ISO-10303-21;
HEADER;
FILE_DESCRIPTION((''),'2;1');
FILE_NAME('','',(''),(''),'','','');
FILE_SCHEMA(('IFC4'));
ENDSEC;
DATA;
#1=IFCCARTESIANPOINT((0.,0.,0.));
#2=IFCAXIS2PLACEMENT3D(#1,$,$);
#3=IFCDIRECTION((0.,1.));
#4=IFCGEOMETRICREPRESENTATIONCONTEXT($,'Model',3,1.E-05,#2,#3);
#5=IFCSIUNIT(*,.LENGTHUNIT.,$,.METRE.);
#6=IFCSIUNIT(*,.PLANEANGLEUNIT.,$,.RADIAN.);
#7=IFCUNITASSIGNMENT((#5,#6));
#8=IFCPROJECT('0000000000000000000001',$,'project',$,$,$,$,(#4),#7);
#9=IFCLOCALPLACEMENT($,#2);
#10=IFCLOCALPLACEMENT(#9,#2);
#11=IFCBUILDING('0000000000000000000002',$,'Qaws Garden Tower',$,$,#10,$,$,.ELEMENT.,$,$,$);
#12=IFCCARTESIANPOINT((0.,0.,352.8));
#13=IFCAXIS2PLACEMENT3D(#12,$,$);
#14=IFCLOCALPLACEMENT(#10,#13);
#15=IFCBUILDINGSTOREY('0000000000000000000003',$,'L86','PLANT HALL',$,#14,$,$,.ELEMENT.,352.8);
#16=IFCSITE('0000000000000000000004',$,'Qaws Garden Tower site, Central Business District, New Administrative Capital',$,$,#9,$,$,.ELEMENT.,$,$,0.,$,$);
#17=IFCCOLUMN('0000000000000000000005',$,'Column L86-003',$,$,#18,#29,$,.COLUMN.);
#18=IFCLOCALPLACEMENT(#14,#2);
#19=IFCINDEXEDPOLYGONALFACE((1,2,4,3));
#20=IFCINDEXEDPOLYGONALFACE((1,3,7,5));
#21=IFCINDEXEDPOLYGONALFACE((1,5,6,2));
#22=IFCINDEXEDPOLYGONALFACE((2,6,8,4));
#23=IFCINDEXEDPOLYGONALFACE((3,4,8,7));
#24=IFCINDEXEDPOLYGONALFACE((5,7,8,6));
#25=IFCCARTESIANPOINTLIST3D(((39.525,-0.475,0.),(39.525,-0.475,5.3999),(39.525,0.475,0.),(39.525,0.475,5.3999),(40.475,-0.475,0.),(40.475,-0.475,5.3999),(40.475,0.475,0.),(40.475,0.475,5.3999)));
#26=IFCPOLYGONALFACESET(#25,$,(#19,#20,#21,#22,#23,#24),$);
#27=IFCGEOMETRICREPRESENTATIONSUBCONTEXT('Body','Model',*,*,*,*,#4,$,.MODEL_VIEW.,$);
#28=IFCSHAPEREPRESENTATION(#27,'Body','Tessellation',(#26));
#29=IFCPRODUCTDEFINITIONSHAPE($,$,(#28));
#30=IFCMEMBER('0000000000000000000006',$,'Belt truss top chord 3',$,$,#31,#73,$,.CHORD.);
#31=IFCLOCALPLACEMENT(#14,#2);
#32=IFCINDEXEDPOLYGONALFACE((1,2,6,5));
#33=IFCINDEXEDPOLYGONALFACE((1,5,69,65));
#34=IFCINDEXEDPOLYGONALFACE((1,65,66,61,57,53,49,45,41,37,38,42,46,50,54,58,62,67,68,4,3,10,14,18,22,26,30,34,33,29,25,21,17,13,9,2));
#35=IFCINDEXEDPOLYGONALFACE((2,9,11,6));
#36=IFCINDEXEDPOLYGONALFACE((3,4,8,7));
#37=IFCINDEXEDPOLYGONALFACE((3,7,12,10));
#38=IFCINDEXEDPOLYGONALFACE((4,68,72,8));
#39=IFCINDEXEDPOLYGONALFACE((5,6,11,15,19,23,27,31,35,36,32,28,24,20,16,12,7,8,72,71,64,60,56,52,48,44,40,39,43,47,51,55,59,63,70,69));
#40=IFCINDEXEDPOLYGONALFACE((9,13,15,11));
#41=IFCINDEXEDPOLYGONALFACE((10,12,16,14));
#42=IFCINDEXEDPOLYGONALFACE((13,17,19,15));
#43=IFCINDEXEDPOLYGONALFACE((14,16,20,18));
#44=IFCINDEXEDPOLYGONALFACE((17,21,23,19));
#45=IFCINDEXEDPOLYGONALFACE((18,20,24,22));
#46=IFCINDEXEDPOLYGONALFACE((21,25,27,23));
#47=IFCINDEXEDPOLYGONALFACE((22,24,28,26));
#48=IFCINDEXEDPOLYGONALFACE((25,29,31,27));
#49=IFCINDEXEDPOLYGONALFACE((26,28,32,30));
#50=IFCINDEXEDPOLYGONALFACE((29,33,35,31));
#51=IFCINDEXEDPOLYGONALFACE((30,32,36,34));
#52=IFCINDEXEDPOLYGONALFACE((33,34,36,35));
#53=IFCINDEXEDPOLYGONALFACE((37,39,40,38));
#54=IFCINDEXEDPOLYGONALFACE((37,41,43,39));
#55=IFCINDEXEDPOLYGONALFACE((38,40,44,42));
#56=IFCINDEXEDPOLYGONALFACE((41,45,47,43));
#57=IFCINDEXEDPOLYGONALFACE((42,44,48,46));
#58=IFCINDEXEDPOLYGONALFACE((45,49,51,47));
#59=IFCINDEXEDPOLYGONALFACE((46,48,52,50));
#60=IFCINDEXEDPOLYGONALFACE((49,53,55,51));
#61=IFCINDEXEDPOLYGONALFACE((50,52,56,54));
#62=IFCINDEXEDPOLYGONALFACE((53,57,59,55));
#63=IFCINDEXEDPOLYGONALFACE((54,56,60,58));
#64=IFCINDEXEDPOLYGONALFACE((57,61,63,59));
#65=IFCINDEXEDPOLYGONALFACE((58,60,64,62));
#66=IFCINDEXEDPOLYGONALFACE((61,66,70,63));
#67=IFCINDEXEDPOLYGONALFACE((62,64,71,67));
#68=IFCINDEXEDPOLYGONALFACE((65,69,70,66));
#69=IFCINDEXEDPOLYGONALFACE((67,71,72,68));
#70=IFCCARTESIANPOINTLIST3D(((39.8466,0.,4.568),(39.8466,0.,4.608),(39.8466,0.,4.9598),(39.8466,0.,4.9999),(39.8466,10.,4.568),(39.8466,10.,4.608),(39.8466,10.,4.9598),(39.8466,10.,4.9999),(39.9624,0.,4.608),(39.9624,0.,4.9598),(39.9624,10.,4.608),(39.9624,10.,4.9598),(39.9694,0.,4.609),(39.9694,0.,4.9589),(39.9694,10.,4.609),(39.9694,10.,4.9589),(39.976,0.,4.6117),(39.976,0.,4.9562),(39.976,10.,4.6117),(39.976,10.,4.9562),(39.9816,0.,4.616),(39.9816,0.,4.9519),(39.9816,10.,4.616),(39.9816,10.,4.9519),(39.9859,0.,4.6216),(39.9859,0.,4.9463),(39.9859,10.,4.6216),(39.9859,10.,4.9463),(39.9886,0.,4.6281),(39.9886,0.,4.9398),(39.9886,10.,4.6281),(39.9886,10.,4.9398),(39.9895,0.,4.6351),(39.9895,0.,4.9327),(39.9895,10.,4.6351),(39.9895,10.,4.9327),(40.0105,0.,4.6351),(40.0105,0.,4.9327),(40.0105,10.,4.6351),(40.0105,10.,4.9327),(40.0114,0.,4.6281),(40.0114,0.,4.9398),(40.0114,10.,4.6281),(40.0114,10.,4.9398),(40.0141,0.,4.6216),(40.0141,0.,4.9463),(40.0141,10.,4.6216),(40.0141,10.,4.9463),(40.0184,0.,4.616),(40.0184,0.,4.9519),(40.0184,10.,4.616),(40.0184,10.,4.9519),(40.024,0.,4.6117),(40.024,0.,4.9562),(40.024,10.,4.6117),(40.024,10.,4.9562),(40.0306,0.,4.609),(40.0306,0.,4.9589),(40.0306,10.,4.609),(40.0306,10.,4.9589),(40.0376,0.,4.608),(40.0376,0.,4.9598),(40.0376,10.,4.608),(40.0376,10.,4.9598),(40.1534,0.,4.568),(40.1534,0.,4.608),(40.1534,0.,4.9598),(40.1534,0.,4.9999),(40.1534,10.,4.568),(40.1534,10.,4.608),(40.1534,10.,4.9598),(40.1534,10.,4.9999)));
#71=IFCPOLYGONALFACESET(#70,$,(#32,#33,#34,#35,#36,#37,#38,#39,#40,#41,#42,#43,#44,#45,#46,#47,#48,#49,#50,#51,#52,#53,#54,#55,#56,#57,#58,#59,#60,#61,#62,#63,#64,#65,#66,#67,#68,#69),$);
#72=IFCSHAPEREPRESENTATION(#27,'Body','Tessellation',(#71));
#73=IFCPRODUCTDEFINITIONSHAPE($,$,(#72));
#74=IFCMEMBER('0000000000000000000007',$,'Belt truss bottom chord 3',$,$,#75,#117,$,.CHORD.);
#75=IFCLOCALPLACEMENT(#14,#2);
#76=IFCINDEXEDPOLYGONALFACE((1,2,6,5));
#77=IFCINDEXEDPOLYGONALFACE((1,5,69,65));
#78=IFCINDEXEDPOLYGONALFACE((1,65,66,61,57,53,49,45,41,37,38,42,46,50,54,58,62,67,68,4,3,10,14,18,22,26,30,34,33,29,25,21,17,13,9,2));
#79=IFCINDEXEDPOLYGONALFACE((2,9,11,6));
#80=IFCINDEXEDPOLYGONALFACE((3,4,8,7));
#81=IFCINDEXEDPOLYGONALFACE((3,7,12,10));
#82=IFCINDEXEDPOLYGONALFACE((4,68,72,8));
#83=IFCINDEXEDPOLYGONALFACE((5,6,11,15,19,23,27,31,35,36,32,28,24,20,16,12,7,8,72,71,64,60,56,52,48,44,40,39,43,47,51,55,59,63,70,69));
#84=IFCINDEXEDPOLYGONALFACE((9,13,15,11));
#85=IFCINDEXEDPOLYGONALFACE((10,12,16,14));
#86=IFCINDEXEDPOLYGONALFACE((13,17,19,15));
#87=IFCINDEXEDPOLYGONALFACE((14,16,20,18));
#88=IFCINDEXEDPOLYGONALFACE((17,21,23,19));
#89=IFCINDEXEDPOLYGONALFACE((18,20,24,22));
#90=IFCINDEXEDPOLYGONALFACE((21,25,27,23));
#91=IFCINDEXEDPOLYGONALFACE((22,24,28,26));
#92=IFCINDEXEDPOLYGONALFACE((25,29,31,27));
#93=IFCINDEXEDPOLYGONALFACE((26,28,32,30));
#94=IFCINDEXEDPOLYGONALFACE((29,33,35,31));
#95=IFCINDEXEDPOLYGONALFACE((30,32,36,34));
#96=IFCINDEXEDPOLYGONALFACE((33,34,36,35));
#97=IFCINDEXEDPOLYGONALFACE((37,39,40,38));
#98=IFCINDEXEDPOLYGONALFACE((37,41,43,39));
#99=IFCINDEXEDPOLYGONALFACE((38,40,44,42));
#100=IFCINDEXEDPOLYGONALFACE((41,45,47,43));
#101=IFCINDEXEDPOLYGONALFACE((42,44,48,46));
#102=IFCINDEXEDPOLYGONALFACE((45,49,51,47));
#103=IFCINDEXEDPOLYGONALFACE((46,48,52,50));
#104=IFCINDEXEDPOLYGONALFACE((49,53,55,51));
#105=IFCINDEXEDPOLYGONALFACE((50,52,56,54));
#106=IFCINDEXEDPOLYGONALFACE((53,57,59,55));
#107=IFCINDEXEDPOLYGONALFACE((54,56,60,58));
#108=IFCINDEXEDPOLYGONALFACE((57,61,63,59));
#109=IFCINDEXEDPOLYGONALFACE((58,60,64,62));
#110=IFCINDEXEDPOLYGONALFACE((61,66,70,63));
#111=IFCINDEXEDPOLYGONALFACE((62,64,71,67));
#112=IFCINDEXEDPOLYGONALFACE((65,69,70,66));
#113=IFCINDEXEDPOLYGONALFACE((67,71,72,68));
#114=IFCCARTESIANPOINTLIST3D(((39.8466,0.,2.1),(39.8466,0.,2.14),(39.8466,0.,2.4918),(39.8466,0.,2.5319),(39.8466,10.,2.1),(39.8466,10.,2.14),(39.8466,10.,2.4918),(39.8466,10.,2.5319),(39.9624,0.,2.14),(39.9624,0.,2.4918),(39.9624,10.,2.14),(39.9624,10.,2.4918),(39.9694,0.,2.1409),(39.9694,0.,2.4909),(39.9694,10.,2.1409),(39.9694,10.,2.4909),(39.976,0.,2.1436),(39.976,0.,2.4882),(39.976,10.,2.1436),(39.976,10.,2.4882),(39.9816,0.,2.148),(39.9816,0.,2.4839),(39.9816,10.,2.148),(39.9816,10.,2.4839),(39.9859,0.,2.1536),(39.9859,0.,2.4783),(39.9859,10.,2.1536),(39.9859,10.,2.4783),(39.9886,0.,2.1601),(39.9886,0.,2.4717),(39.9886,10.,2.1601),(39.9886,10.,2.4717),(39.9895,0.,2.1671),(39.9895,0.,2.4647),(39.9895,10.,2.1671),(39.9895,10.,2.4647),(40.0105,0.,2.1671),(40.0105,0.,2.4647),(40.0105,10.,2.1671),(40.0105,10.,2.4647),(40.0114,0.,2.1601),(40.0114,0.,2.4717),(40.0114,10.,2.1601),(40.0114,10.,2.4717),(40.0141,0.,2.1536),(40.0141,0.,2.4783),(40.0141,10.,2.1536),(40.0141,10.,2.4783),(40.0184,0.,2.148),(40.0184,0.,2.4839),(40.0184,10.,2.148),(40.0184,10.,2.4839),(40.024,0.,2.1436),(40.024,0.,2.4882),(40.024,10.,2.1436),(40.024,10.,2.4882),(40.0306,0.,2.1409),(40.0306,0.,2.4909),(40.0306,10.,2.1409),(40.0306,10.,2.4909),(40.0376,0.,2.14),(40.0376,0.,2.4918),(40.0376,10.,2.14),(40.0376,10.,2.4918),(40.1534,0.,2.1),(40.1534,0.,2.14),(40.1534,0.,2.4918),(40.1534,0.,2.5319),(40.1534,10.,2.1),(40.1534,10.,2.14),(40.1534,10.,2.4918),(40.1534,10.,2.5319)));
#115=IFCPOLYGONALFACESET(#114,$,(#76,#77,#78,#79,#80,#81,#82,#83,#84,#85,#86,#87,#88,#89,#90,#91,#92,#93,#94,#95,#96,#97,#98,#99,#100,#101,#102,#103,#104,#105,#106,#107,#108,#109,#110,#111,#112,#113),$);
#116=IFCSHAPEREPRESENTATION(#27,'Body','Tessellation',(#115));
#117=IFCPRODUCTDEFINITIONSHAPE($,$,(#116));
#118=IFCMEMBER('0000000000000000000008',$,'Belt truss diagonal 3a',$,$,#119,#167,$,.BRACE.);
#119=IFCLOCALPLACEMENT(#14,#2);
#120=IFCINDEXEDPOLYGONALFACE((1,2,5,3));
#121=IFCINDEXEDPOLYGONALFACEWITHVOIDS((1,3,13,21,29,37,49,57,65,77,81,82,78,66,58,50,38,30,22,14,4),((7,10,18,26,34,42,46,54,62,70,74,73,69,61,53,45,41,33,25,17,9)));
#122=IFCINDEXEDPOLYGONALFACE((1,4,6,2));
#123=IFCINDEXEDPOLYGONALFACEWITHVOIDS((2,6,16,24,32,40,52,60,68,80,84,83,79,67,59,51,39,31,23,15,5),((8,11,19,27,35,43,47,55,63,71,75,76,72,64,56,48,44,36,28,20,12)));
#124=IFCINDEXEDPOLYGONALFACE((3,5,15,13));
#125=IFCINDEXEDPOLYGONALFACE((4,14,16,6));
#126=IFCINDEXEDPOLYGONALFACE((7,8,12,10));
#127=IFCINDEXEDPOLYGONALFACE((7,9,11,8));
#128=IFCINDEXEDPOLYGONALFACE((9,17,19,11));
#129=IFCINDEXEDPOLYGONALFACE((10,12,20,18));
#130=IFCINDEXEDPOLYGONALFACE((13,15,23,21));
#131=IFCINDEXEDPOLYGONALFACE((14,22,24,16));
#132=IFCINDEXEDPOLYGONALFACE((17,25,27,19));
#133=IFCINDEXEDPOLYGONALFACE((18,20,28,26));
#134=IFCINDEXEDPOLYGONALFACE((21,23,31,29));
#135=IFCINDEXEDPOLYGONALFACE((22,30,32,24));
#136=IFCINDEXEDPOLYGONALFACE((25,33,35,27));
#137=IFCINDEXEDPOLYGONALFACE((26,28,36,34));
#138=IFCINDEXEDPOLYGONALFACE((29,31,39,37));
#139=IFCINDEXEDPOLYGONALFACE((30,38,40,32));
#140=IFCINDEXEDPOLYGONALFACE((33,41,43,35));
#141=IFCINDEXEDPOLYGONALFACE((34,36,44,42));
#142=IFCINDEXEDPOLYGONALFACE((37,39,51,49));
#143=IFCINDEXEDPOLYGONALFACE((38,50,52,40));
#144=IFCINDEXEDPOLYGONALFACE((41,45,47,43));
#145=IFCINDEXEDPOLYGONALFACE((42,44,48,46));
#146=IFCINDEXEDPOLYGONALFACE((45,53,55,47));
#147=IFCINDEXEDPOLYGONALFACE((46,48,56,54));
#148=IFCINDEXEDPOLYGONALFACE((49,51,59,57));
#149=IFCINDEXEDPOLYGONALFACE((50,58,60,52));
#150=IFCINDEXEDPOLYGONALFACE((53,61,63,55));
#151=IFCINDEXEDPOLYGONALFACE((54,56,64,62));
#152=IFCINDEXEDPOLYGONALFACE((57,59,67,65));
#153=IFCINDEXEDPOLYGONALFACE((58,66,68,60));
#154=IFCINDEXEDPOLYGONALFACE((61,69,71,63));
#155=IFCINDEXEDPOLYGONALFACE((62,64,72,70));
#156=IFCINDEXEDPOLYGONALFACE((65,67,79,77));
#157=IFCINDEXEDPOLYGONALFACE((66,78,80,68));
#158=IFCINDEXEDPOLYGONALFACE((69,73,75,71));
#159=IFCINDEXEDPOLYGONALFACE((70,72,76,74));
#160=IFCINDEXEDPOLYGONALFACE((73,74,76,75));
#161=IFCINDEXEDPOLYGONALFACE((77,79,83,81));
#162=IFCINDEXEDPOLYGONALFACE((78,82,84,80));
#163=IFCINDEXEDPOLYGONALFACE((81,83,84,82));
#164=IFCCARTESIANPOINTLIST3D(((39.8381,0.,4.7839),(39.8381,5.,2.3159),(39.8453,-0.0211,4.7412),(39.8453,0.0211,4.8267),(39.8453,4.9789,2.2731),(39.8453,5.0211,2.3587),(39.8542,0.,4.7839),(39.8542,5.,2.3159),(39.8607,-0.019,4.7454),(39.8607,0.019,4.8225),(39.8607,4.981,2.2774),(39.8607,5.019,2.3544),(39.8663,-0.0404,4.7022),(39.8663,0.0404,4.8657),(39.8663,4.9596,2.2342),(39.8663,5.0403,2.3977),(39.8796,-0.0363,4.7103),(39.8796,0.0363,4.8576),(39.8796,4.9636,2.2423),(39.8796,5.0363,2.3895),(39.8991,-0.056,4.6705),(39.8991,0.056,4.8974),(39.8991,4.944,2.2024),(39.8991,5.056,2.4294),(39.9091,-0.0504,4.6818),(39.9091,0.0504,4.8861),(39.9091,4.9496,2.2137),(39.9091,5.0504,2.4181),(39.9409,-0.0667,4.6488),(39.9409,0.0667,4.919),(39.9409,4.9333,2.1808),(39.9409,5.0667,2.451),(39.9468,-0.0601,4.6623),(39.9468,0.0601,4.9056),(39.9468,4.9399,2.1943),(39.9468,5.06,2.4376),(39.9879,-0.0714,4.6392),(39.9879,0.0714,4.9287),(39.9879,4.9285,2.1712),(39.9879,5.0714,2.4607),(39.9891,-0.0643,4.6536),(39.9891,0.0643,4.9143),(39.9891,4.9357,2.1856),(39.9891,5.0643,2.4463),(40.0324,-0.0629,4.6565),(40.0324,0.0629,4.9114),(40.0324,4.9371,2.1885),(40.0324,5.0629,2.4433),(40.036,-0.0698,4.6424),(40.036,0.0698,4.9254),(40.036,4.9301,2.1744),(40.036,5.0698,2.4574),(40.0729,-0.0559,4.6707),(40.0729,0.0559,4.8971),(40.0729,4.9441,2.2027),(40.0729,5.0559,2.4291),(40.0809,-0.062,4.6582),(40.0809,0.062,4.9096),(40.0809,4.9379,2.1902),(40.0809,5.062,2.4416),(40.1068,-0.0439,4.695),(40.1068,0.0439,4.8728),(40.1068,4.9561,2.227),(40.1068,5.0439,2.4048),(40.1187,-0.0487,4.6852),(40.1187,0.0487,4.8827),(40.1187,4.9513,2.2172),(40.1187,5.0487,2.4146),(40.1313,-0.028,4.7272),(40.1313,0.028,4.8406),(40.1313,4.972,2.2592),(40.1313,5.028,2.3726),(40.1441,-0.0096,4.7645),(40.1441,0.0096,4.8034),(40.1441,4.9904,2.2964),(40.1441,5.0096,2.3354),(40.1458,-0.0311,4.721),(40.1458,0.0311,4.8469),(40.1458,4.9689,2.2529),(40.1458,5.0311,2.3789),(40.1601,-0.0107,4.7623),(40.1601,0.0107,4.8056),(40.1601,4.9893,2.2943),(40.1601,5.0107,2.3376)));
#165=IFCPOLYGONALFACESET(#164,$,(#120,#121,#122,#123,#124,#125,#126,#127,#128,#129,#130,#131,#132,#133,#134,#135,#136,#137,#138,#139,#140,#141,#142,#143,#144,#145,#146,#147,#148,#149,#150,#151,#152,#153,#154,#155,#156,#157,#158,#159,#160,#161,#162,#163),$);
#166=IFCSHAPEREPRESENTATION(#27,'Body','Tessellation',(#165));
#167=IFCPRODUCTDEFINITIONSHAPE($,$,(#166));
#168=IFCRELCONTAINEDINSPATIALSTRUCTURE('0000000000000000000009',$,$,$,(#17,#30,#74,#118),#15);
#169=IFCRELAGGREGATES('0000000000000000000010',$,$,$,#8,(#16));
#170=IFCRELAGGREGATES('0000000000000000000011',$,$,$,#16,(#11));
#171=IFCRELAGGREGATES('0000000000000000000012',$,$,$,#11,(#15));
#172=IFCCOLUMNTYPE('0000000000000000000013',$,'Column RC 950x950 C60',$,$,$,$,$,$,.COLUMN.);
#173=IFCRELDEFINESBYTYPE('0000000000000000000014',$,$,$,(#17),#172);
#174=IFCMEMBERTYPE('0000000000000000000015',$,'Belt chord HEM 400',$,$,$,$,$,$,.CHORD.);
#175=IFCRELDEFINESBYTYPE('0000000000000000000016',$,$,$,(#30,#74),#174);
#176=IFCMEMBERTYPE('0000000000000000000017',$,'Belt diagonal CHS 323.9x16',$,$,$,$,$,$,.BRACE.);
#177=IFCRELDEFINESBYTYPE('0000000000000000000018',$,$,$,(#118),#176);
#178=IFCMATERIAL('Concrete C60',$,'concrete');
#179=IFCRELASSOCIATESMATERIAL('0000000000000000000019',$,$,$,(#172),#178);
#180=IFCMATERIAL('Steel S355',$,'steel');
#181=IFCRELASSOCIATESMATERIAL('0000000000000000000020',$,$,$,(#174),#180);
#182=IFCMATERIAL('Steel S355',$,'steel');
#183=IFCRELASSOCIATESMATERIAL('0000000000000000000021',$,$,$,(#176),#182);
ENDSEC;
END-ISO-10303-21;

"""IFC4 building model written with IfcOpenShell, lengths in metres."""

from ifc_helpers import new_model, si_unit, direction, frame, origin, origin_2d, place, context, subcontext, project, spatial, rectangle, hollow_circle, i_section, extrude, material, material_profile, profile_set, type_object, element, save


model = new_model("IFC4")

# Units and contexts
model_context = context("Model", 3, precision=1e-05, world=origin(), true_north=direction((0.0, 1.0)))
body_context = subcontext(model_context, "Body", "Model", "MODEL_VIEW")
ifc_project = project(units=[si_unit("LENGTHUNIT", "METRE"), si_unit("PLANEANGLEUNIT", "RADIAN")], contexts=[model_context])

# Site, building, storey
site_placement = place(None, origin())
site = spatial("IfcSite", under=ifc_project, at=site_placement, Name="Qaws Garden Tower site, Central Business District, New Administrative Capital", CompositionType="ELEMENT", RefElevation=0.0)
building_placement = place(site_placement, origin())
building = spatial("IfcBuilding", under=site, at=building_placement, Name="Qaws Garden Tower", CompositionType="ELEMENT")
storey_placement = place(building_placement, frame((0.0, 0.0, 352.8)))
storey = spatial("IfcBuildingStorey", under=building, at=storey_placement, Name="L86", Description="PLANT HALL", CompositionType="ELEMENT", Elevation=352.8)

# Column
ifc_material_1 = material(Name="Concrete C60", Category="concrete")
ifc_material_profile_1 = material_profile(ifc_material_1, rectangle(XDim=0.95, YDim=0.95, at=origin_2d()), Name="RC 950x950")
ifc_profile_set_1 = profile_set([ifc_material_profile_1], Name="Concrete C60")
column_type = type_object("IfcColumnType", Name="Column RC 950x950 C60", PredefinedType="COLUMN", material=ifc_profile_set_1)
column_placement = place(storey_placement, frame((40.0, 0.0, 0.0), z_axis=(0.0, 0.0, 1.0), x_axis=(1.0, 0.0, 0.0)))
element("IfcColumn", 1, at=column_placement, inside=storey, type_object=column_type, Name="Column L86-003", PredefinedType="COLUMN", context=body_context, shape_type="SweptSolid", body=[
    extrude(rectangle(XDim=0.95, YDim=0.95, at=origin_2d()), origin(), (0.0, 0.0, 1.0), 5.3999),
])

# Members
ifc_material_2 = material(Name="Steel S355", Category="steel")
ifc_material_profile_2 = material_profile(ifc_material_2, i_section(OverallWidth=0.3069, OverallDepth=0.4319, WebThickness=0.021, FlangeThickness=0.04, FilletRadius=0.0271, at=origin_2d()), Name="HEM 400")
ifc_profile_set_2 = profile_set([ifc_material_profile_2], Name="Steel S355")
member_type_1 = type_object("IfcMemberType", Name="Belt chord HEM 400", PredefinedType="CHORD", material=ifc_profile_set_2)
for number, where, z_axis, x_axis, name in (
    (2, (40.0, 0.0, 4.7839), (0.0, 1.0, 0.0), (-1.0, 0.0, 0.0), "Belt truss top chord 3"),
    (3, (40.0, 0.0, 2.3159), (0.0, 1.0, 0.0), (-1.0, 0.0, 0.0), "Belt truss bottom chord 3"),
):
    element("IfcMember", number, at=place(storey_placement, frame(where, z_axis=z_axis, x_axis=x_axis)), inside=storey, type_object=member_type_1, Name=name, PredefinedType="CHORD", context=body_context, shape_type="SweptSolid", body=[
        extrude(i_section(OverallWidth=0.3069, OverallDepth=0.4319, WebThickness=0.021, FlangeThickness=0.04, FilletRadius=0.0271, at=origin_2d()), origin(), (0.0, 0.0, 1.0), 10.0),
    ])
ifc_material_3 = material(Name="Steel S355", Category="steel")
ifc_material_profile_3 = material_profile(ifc_material_3, hollow_circle(Radius=0.1619, WallThickness=0.0161, at=origin_2d()), Name="CHS 323.9x16")
ifc_profile_set_3 = profile_set([ifc_material_profile_3], Name="Steel S355")
member_type_2 = type_object("IfcMemberType", Name="Belt diagonal CHS 323.9x16", PredefinedType="BRACE", material=ifc_profile_set_3)
for number, where, z_axis, x_axis, name in (
    (4, (40.0, 0.0, 4.7839), (0.0, 0.89671, -0.442619), (-1.0, 0.0, 0.0), "Belt truss diagonal 3a"),
):
    element("IfcMember", number, at=place(storey_placement, frame(where, z_axis=z_axis, x_axis=x_axis)), inside=storey, type_object=member_type_2, Name=name, PredefinedType="BRACE", context=body_context, shape_type="SweptSolid", body=[
        extrude(hollow_circle(Radius=0.1619, WallThickness=0.0161, at=origin_2d()), origin(), (0.0, 0.0, 1.0), 5.5759),
    ])

save(model, "model.ifc")
